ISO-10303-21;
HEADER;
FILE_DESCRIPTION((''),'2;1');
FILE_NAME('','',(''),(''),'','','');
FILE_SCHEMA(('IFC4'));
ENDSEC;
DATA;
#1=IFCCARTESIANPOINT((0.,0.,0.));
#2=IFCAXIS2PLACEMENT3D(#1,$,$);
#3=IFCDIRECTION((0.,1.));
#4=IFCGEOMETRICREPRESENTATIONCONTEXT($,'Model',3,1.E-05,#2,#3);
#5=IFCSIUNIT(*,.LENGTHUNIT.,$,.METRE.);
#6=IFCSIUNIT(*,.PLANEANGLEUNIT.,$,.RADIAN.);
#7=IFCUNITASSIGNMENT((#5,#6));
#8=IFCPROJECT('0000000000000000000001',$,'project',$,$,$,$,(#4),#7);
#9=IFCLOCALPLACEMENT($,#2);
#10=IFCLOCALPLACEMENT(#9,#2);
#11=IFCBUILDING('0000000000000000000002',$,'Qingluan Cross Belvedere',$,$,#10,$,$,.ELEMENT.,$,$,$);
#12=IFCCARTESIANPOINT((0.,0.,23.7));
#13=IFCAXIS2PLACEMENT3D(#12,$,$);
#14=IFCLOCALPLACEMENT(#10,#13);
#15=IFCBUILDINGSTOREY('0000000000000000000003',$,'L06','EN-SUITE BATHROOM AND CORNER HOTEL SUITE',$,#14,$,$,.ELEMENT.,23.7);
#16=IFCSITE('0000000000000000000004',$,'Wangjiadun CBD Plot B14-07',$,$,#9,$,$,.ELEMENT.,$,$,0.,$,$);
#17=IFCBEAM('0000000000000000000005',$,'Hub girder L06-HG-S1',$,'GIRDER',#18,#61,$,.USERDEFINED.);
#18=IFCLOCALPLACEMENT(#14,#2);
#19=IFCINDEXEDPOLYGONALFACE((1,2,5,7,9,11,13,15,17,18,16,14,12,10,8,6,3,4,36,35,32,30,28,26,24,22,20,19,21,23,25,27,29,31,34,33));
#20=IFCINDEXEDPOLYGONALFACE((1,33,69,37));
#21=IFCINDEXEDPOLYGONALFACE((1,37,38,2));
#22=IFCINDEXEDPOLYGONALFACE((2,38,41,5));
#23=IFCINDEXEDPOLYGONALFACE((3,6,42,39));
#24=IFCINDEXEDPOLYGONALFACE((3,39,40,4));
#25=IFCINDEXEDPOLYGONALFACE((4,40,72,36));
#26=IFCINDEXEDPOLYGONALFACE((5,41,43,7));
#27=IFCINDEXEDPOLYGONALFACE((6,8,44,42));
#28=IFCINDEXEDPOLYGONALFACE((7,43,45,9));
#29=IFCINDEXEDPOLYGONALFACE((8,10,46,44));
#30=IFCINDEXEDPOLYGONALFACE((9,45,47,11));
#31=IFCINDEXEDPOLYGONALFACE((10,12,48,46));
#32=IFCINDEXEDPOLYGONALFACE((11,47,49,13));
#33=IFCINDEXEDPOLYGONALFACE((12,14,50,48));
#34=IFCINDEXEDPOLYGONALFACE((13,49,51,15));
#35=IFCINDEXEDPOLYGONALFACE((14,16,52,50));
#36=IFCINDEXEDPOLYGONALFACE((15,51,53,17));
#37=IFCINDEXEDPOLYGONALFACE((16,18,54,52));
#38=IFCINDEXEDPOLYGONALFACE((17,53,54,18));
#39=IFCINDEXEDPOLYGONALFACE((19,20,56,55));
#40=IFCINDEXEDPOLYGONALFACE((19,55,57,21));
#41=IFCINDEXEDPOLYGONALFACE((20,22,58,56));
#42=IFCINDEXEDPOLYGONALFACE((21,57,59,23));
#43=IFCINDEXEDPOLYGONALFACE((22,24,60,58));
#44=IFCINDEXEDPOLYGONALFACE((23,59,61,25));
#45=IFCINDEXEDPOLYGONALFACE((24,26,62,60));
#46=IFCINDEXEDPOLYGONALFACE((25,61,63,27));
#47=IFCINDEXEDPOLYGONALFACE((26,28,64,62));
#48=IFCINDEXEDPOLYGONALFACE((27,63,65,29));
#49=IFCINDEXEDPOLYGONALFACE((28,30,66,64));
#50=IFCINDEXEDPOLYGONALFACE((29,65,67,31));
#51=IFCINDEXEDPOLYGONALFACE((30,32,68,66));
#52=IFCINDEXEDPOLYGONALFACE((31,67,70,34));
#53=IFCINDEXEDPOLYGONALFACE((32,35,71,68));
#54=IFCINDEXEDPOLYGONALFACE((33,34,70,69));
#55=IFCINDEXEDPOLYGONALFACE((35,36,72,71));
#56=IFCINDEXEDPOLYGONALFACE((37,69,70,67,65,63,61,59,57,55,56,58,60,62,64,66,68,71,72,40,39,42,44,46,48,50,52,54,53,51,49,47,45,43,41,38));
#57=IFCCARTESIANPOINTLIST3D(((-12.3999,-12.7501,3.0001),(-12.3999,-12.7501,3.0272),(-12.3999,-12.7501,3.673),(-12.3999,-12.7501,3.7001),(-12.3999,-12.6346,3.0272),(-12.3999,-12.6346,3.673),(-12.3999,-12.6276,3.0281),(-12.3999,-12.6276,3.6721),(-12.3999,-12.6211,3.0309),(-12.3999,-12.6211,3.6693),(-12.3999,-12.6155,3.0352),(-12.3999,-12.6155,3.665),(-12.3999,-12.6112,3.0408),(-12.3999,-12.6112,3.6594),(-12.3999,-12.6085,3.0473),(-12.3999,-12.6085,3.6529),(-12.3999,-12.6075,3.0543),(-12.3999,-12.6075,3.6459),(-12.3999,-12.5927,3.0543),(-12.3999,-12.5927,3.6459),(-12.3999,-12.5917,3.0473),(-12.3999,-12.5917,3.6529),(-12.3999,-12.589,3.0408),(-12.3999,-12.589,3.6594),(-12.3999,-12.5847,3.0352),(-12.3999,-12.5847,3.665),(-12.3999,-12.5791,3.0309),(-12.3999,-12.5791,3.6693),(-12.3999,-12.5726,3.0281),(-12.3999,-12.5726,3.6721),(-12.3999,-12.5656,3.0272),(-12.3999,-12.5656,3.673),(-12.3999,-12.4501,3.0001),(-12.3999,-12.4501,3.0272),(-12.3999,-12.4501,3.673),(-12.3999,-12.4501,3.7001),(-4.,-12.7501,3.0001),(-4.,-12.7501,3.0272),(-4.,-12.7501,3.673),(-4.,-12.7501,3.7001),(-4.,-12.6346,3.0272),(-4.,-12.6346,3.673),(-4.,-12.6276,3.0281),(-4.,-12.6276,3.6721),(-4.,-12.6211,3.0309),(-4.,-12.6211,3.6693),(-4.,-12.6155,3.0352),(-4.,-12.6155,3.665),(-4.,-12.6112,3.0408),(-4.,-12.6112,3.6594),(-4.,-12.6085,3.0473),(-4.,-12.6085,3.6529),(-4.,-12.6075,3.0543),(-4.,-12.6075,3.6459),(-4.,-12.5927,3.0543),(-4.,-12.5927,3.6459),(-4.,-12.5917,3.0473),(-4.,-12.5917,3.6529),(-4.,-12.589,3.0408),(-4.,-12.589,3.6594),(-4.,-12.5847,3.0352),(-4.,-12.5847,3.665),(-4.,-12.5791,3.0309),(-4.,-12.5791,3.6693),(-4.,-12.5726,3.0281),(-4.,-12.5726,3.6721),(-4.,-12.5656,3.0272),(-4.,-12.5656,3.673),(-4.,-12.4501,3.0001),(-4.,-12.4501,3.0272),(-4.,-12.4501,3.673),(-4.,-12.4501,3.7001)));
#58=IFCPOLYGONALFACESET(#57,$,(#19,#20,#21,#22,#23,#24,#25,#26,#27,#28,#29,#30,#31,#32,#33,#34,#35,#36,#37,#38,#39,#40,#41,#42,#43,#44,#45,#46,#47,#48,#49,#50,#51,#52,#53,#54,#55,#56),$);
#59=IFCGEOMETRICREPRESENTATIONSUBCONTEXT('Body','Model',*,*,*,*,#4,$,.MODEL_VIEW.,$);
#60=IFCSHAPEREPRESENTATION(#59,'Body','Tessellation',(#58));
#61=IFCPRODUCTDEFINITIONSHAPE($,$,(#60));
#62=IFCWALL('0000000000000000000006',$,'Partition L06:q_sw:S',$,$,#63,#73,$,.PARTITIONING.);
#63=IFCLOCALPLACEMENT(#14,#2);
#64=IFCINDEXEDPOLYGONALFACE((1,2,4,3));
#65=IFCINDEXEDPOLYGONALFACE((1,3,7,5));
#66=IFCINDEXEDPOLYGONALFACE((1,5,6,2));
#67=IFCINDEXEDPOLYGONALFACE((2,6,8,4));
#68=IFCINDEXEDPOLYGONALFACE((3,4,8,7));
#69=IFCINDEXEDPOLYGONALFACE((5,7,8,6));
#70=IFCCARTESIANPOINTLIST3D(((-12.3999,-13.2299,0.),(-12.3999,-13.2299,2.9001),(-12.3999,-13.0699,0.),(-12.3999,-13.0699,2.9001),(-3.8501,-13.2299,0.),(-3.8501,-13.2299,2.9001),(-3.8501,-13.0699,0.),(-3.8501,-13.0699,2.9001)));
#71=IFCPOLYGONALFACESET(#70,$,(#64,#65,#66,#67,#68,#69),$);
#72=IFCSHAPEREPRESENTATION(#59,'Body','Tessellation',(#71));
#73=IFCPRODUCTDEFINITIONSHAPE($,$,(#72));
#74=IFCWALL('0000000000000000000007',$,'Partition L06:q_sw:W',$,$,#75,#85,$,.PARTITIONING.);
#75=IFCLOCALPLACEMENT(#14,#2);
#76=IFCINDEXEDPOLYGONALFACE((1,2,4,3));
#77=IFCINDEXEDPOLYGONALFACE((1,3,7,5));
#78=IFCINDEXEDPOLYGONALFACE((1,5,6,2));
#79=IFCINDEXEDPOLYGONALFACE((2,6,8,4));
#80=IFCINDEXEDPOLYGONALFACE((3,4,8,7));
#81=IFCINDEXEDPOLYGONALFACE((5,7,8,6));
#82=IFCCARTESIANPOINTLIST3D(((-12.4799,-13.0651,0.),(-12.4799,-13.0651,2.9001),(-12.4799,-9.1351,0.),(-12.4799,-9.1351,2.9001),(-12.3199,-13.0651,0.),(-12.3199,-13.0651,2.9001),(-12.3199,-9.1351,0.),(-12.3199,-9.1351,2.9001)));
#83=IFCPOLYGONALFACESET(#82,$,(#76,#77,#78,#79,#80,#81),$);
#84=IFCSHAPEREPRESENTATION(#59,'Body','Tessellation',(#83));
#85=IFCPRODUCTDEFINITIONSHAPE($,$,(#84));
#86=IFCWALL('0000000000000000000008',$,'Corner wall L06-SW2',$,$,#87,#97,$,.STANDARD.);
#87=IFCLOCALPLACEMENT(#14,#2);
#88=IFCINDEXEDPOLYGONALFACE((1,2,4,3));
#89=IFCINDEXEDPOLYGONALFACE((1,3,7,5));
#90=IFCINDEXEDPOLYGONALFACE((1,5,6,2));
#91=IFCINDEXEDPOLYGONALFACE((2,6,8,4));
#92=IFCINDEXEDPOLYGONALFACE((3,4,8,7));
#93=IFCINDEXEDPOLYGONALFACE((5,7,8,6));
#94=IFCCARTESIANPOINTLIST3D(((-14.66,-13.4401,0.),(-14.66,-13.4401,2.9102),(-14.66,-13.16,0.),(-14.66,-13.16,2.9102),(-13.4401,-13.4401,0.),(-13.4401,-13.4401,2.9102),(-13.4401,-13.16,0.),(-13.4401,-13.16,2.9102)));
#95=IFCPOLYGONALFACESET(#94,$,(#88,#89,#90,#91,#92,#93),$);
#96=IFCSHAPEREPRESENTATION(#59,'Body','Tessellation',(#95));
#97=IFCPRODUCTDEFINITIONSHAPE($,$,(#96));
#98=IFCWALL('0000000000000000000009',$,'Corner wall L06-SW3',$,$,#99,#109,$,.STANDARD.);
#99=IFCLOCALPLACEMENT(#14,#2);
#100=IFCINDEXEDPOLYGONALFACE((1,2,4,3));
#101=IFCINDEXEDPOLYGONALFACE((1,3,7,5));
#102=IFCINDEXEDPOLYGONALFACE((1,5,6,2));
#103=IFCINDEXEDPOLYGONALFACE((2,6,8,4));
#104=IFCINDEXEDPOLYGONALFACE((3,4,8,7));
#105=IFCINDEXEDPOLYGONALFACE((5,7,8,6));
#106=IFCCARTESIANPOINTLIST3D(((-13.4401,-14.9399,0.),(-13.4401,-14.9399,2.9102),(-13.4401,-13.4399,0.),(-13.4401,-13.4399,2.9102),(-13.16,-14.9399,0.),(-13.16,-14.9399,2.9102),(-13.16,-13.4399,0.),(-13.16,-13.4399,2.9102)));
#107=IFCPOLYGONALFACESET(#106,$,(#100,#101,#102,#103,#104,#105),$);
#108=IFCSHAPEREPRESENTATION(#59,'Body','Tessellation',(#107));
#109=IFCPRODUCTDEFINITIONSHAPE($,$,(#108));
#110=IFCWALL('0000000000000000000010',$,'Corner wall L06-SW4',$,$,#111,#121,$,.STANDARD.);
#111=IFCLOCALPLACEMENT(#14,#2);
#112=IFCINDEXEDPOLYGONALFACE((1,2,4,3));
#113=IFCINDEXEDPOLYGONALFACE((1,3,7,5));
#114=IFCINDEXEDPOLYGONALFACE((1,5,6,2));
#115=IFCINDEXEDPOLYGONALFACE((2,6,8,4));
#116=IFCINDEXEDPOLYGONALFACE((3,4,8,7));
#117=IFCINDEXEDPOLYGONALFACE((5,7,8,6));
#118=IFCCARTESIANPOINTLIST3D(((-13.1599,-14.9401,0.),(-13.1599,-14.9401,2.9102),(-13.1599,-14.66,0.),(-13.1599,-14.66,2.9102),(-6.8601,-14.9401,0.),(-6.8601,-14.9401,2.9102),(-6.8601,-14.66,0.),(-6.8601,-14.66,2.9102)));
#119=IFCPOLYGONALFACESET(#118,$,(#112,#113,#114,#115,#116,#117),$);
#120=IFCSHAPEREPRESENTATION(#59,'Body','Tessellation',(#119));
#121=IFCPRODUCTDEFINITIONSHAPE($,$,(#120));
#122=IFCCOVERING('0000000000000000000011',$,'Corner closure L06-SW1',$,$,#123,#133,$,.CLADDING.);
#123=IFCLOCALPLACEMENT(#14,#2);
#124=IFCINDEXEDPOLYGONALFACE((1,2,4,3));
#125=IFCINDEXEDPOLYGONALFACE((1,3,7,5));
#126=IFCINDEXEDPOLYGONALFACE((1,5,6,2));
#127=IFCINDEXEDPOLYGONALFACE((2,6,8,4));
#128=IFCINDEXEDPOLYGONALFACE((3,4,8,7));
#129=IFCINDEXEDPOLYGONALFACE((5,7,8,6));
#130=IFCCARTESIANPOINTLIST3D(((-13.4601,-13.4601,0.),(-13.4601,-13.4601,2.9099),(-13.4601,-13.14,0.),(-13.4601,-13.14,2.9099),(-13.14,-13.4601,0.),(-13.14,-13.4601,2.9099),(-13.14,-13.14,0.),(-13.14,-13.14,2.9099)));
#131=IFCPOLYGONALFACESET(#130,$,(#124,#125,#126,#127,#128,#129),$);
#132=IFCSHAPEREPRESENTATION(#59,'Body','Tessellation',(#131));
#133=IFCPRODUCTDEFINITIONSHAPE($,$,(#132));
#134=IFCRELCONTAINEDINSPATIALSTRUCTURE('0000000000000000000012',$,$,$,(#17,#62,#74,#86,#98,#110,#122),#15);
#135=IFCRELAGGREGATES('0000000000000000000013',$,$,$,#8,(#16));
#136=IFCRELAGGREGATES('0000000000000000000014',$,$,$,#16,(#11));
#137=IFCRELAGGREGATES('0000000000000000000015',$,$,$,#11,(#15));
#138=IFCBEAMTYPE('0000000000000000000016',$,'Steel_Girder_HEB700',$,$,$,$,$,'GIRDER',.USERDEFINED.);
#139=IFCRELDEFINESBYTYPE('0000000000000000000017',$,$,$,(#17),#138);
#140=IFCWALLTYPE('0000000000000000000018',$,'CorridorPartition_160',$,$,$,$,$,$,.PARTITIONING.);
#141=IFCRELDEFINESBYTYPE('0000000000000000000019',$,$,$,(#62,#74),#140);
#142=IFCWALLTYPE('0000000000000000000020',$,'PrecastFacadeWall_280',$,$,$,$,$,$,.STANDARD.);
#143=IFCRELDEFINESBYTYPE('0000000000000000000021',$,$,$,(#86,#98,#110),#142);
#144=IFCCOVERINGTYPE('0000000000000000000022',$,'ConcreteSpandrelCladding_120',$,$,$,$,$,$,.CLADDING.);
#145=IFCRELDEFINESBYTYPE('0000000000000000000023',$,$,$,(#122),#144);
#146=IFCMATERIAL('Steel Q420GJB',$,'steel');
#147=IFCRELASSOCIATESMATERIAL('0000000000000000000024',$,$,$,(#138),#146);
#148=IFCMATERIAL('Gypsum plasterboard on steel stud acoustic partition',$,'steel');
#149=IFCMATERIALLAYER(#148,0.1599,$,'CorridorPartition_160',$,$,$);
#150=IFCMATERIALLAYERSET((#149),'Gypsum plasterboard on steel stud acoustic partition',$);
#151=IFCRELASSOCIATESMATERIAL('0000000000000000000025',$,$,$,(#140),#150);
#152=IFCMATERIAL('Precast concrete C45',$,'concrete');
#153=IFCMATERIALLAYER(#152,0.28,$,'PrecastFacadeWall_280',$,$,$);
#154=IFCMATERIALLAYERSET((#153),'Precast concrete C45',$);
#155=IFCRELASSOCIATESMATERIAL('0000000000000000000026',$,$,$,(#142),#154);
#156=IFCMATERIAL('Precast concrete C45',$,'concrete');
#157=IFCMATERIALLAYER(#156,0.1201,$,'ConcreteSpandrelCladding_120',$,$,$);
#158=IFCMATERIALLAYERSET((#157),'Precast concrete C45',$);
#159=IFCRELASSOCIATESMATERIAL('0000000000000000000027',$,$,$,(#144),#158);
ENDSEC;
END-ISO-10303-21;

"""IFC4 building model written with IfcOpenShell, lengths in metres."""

from ifc_helpers import new_model, si_unit, direction, frame, frame_2d, origin, origin_2d, place, context, subcontext, project, spatial, rectangle, i_section, extrude, material, layer, layer_set, material_profile, profile_set, type_object, element, save


model = new_model("IFC4")

# Units and contexts
model_context = context("Model", 3, precision=1e-05, world=origin(), true_north=direction((0.0, 1.0)))
body_context = subcontext(model_context, "Body", "Model", "MODEL_VIEW")
ifc_project = project(units=[si_unit("LENGTHUNIT", "METRE"), si_unit("PLANEANGLEUNIT", "RADIAN")], contexts=[model_context])

# Site, building, storey
site_placement = place(None, origin())
site = spatial("IfcSite", under=ifc_project, at=site_placement, Name="Wangjiadun CBD Plot B14-07", CompositionType="ELEMENT", RefElevation=0.0)
building_placement = place(site_placement, origin())
building = spatial("IfcBuilding", under=site, at=building_placement, Name="Qingluan Cross Belvedere", CompositionType="ELEMENT")
storey_placement = place(building_placement, frame((0.0, 0.0, 23.7)))
storey = spatial("IfcBuildingStorey", under=building, at=storey_placement, Name="L06", Description="EN-SUITE BATHROOM AND CORNER HOTEL SUITE", CompositionType="ELEMENT", Elevation=23.7)

# Beam
ifc_material_1 = material(Name="Steel Q420GJB", Category="steel")
ifc_material_profile_1 = material_profile(ifc_material_1, i_section(OverallWidth=0.3, OverallDepth=0.7, WebThickness=0.0149, FlangeThickness=0.0271, FilletRadius=0.0271, at=origin_2d()), Name="HEB700")
ifc_profile_set_1 = profile_set([ifc_material_profile_1], Name="Steel Q420GJB")
beam_type_1 = type_object("IfcBeamType", Name="Steel_Girder_HEB700", ElementType="GIRDER", PredefinedType="USERDEFINED", material=ifc_profile_set_1)
beam_1_placement = place(storey_placement, frame((-12.3999, -12.6001, 3.3501), z_axis=(1.0, 0.0, 0.0), x_axis=(0.0, 1.0, 0.0)))
element("IfcBeam", 1, at=beam_1_placement, inside=storey, type_object=beam_type_1, Name="Hub girder L06-HG-S1", ObjectType="GIRDER", PredefinedType="USERDEFINED", context=body_context, shape_type="SweptSolid", body=[
    extrude(i_section(OverallWidth=0.3, OverallDepth=0.7, WebThickness=0.0149, FlangeThickness=0.0271, FilletRadius=0.0271, at=origin_2d()), origin(), (0.0, 0.0, 1.0), 8.3999),
])

# Walls
ifc_material_2 = material(Name="Gypsum plasterboard on steel stud acoustic partition", Category="steel")
ifc_layer_1 = layer(ifc_material_2, 0.1599, Name="CorridorPartition_160")
ifc_layer_set_1 = layer_set([ifc_layer_1], Name="Gypsum plasterboard on steel stud acoustic partition")
wall_type_1 = type_object("IfcWallType", Name="CorridorPartition_160", PredefinedType="PARTITIONING", material=ifc_layer_set_1)
wall_1_placement = place(storey_placement, frame((-12.3999, -13.1499, 0.0), z_axis=(0.0, 0.0, 1.0), x_axis=(1.0, 0.0, 0.0)))
element("IfcWall", 2, at=wall_1_placement, inside=storey, type_object=wall_type_1, Name="Partition L06:q_sw:S", PredefinedType="PARTITIONING", context=body_context, shape_type="SweptSolid", body=[
    extrude(rectangle(XDim=8.5498, YDim=0.1599, at=frame_2d((4.2749, 0.0))), origin(), (0.0, 0.0, 1.0), 2.9001),
])
wall_2_placement = place(storey_placement, frame((-12.3999, -13.0649, 0.0), z_axis=(0.0, 0.0, 1.0), x_axis=(0.0, 1.0, 0.0)))
element("IfcWall", 3, at=wall_2_placement, inside=storey, type_object=wall_type_1, Name="Partition L06:q_sw:W", PredefinedType="PARTITIONING", context=body_context, shape_type="SweptSolid", body=[
    extrude(rectangle(XDim=3.9299, YDim=0.1599, at=frame_2d((1.9648, 0.0))), origin(), (0.0, 0.0, 1.0), 2.9001),
])
ifc_material_3 = material(Name="Precast concrete C45", Category="concrete")
ifc_layer_2 = layer(ifc_material_3, 0.28, Name="PrecastFacadeWall_280")
ifc_layer_set_2 = layer_set([ifc_layer_2], Name="Precast concrete C45")
wall_type_2 = type_object("IfcWallType", Name="PrecastFacadeWall_280", PredefinedType="STANDARD", material=ifc_layer_set_2)
wall_3_placement = place(storey_placement, frame((-14.6599, -13.3, 0.0), z_axis=(0.0, 0.0, 1.0), x_axis=(1.0, 0.0, 0.0)))
element("IfcWall", 4, at=wall_3_placement, inside=storey, type_object=wall_type_2, Name="Corner wall L06-SW2", PredefinedType="STANDARD", context=body_context, shape_type="SweptSolid", body=[
    extrude(rectangle(XDim=1.22, YDim=0.28, at=frame_2d((0.6099, 0.0))), origin(), (0.0, 0.0, 1.0), 2.9102),
])
wall_4_placement = place(storey_placement, frame((-13.3, -13.4399, 0.0), z_axis=(0.0, 0.0, 1.0), x_axis=(0.0, -1.0, 0.0)))
element("IfcWall", 5, at=wall_4_placement, inside=storey, type_object=wall_type_2, Name="Corner wall L06-SW3", PredefinedType="STANDARD", context=body_context, shape_type="SweptSolid", body=[
    extrude(rectangle(XDim=1.5, YDim=0.28, at=frame_2d((0.75, 0.0))), origin(), (0.0, 0.0, 1.0), 2.9102),
])
wall_5_placement = place(storey_placement, frame((-13.1599, -14.8, 0.0), z_axis=(0.0, 0.0, 1.0), x_axis=(1.0, 0.0, 0.0)))
element("IfcWall", 6, at=wall_5_placement, inside=storey, type_object=wall_type_2, Name="Corner wall L06-SW4", PredefinedType="STANDARD", context=body_context, shape_type="SweptSolid", body=[
    extrude(rectangle(XDim=6.2998, YDim=0.28, at=frame_2d((3.1499, 0.0))), origin(), (0.0, 0.0, 1.0), 2.9102),
])

# Covering
ifc_material_4 = material(Name="Precast concrete C45", Category="concrete")
ifc_layer_3 = layer(ifc_material_4, 0.1201, Name="ConcreteSpandrelCladding_120")
ifc_layer_set_3 = layer_set([ifc_layer_3], Name="Precast concrete C45")
covering_type = type_object("IfcCoveringType", Name="ConcreteSpandrelCladding_120", PredefinedType="CLADDING", material=ifc_layer_set_3)
covering_placement = place(storey_placement, frame((-13.3, -13.3, 0.0), z_axis=(0.0, 0.0, 1.0), x_axis=(1.0, 0.0, 0.0)))
element("IfcCovering", 7, at=covering_placement, inside=storey, type_object=covering_type, Name="Corner closure L06-SW1", PredefinedType="CLADDING", context=body_context, shape_type="SweptSolid", body=[
    extrude(rectangle(XDim=0.3201, YDim=0.3201, at=origin_2d()), origin(), (0.0, 0.0, 1.0), 2.9099),
])

save(model, "model.ifc")
